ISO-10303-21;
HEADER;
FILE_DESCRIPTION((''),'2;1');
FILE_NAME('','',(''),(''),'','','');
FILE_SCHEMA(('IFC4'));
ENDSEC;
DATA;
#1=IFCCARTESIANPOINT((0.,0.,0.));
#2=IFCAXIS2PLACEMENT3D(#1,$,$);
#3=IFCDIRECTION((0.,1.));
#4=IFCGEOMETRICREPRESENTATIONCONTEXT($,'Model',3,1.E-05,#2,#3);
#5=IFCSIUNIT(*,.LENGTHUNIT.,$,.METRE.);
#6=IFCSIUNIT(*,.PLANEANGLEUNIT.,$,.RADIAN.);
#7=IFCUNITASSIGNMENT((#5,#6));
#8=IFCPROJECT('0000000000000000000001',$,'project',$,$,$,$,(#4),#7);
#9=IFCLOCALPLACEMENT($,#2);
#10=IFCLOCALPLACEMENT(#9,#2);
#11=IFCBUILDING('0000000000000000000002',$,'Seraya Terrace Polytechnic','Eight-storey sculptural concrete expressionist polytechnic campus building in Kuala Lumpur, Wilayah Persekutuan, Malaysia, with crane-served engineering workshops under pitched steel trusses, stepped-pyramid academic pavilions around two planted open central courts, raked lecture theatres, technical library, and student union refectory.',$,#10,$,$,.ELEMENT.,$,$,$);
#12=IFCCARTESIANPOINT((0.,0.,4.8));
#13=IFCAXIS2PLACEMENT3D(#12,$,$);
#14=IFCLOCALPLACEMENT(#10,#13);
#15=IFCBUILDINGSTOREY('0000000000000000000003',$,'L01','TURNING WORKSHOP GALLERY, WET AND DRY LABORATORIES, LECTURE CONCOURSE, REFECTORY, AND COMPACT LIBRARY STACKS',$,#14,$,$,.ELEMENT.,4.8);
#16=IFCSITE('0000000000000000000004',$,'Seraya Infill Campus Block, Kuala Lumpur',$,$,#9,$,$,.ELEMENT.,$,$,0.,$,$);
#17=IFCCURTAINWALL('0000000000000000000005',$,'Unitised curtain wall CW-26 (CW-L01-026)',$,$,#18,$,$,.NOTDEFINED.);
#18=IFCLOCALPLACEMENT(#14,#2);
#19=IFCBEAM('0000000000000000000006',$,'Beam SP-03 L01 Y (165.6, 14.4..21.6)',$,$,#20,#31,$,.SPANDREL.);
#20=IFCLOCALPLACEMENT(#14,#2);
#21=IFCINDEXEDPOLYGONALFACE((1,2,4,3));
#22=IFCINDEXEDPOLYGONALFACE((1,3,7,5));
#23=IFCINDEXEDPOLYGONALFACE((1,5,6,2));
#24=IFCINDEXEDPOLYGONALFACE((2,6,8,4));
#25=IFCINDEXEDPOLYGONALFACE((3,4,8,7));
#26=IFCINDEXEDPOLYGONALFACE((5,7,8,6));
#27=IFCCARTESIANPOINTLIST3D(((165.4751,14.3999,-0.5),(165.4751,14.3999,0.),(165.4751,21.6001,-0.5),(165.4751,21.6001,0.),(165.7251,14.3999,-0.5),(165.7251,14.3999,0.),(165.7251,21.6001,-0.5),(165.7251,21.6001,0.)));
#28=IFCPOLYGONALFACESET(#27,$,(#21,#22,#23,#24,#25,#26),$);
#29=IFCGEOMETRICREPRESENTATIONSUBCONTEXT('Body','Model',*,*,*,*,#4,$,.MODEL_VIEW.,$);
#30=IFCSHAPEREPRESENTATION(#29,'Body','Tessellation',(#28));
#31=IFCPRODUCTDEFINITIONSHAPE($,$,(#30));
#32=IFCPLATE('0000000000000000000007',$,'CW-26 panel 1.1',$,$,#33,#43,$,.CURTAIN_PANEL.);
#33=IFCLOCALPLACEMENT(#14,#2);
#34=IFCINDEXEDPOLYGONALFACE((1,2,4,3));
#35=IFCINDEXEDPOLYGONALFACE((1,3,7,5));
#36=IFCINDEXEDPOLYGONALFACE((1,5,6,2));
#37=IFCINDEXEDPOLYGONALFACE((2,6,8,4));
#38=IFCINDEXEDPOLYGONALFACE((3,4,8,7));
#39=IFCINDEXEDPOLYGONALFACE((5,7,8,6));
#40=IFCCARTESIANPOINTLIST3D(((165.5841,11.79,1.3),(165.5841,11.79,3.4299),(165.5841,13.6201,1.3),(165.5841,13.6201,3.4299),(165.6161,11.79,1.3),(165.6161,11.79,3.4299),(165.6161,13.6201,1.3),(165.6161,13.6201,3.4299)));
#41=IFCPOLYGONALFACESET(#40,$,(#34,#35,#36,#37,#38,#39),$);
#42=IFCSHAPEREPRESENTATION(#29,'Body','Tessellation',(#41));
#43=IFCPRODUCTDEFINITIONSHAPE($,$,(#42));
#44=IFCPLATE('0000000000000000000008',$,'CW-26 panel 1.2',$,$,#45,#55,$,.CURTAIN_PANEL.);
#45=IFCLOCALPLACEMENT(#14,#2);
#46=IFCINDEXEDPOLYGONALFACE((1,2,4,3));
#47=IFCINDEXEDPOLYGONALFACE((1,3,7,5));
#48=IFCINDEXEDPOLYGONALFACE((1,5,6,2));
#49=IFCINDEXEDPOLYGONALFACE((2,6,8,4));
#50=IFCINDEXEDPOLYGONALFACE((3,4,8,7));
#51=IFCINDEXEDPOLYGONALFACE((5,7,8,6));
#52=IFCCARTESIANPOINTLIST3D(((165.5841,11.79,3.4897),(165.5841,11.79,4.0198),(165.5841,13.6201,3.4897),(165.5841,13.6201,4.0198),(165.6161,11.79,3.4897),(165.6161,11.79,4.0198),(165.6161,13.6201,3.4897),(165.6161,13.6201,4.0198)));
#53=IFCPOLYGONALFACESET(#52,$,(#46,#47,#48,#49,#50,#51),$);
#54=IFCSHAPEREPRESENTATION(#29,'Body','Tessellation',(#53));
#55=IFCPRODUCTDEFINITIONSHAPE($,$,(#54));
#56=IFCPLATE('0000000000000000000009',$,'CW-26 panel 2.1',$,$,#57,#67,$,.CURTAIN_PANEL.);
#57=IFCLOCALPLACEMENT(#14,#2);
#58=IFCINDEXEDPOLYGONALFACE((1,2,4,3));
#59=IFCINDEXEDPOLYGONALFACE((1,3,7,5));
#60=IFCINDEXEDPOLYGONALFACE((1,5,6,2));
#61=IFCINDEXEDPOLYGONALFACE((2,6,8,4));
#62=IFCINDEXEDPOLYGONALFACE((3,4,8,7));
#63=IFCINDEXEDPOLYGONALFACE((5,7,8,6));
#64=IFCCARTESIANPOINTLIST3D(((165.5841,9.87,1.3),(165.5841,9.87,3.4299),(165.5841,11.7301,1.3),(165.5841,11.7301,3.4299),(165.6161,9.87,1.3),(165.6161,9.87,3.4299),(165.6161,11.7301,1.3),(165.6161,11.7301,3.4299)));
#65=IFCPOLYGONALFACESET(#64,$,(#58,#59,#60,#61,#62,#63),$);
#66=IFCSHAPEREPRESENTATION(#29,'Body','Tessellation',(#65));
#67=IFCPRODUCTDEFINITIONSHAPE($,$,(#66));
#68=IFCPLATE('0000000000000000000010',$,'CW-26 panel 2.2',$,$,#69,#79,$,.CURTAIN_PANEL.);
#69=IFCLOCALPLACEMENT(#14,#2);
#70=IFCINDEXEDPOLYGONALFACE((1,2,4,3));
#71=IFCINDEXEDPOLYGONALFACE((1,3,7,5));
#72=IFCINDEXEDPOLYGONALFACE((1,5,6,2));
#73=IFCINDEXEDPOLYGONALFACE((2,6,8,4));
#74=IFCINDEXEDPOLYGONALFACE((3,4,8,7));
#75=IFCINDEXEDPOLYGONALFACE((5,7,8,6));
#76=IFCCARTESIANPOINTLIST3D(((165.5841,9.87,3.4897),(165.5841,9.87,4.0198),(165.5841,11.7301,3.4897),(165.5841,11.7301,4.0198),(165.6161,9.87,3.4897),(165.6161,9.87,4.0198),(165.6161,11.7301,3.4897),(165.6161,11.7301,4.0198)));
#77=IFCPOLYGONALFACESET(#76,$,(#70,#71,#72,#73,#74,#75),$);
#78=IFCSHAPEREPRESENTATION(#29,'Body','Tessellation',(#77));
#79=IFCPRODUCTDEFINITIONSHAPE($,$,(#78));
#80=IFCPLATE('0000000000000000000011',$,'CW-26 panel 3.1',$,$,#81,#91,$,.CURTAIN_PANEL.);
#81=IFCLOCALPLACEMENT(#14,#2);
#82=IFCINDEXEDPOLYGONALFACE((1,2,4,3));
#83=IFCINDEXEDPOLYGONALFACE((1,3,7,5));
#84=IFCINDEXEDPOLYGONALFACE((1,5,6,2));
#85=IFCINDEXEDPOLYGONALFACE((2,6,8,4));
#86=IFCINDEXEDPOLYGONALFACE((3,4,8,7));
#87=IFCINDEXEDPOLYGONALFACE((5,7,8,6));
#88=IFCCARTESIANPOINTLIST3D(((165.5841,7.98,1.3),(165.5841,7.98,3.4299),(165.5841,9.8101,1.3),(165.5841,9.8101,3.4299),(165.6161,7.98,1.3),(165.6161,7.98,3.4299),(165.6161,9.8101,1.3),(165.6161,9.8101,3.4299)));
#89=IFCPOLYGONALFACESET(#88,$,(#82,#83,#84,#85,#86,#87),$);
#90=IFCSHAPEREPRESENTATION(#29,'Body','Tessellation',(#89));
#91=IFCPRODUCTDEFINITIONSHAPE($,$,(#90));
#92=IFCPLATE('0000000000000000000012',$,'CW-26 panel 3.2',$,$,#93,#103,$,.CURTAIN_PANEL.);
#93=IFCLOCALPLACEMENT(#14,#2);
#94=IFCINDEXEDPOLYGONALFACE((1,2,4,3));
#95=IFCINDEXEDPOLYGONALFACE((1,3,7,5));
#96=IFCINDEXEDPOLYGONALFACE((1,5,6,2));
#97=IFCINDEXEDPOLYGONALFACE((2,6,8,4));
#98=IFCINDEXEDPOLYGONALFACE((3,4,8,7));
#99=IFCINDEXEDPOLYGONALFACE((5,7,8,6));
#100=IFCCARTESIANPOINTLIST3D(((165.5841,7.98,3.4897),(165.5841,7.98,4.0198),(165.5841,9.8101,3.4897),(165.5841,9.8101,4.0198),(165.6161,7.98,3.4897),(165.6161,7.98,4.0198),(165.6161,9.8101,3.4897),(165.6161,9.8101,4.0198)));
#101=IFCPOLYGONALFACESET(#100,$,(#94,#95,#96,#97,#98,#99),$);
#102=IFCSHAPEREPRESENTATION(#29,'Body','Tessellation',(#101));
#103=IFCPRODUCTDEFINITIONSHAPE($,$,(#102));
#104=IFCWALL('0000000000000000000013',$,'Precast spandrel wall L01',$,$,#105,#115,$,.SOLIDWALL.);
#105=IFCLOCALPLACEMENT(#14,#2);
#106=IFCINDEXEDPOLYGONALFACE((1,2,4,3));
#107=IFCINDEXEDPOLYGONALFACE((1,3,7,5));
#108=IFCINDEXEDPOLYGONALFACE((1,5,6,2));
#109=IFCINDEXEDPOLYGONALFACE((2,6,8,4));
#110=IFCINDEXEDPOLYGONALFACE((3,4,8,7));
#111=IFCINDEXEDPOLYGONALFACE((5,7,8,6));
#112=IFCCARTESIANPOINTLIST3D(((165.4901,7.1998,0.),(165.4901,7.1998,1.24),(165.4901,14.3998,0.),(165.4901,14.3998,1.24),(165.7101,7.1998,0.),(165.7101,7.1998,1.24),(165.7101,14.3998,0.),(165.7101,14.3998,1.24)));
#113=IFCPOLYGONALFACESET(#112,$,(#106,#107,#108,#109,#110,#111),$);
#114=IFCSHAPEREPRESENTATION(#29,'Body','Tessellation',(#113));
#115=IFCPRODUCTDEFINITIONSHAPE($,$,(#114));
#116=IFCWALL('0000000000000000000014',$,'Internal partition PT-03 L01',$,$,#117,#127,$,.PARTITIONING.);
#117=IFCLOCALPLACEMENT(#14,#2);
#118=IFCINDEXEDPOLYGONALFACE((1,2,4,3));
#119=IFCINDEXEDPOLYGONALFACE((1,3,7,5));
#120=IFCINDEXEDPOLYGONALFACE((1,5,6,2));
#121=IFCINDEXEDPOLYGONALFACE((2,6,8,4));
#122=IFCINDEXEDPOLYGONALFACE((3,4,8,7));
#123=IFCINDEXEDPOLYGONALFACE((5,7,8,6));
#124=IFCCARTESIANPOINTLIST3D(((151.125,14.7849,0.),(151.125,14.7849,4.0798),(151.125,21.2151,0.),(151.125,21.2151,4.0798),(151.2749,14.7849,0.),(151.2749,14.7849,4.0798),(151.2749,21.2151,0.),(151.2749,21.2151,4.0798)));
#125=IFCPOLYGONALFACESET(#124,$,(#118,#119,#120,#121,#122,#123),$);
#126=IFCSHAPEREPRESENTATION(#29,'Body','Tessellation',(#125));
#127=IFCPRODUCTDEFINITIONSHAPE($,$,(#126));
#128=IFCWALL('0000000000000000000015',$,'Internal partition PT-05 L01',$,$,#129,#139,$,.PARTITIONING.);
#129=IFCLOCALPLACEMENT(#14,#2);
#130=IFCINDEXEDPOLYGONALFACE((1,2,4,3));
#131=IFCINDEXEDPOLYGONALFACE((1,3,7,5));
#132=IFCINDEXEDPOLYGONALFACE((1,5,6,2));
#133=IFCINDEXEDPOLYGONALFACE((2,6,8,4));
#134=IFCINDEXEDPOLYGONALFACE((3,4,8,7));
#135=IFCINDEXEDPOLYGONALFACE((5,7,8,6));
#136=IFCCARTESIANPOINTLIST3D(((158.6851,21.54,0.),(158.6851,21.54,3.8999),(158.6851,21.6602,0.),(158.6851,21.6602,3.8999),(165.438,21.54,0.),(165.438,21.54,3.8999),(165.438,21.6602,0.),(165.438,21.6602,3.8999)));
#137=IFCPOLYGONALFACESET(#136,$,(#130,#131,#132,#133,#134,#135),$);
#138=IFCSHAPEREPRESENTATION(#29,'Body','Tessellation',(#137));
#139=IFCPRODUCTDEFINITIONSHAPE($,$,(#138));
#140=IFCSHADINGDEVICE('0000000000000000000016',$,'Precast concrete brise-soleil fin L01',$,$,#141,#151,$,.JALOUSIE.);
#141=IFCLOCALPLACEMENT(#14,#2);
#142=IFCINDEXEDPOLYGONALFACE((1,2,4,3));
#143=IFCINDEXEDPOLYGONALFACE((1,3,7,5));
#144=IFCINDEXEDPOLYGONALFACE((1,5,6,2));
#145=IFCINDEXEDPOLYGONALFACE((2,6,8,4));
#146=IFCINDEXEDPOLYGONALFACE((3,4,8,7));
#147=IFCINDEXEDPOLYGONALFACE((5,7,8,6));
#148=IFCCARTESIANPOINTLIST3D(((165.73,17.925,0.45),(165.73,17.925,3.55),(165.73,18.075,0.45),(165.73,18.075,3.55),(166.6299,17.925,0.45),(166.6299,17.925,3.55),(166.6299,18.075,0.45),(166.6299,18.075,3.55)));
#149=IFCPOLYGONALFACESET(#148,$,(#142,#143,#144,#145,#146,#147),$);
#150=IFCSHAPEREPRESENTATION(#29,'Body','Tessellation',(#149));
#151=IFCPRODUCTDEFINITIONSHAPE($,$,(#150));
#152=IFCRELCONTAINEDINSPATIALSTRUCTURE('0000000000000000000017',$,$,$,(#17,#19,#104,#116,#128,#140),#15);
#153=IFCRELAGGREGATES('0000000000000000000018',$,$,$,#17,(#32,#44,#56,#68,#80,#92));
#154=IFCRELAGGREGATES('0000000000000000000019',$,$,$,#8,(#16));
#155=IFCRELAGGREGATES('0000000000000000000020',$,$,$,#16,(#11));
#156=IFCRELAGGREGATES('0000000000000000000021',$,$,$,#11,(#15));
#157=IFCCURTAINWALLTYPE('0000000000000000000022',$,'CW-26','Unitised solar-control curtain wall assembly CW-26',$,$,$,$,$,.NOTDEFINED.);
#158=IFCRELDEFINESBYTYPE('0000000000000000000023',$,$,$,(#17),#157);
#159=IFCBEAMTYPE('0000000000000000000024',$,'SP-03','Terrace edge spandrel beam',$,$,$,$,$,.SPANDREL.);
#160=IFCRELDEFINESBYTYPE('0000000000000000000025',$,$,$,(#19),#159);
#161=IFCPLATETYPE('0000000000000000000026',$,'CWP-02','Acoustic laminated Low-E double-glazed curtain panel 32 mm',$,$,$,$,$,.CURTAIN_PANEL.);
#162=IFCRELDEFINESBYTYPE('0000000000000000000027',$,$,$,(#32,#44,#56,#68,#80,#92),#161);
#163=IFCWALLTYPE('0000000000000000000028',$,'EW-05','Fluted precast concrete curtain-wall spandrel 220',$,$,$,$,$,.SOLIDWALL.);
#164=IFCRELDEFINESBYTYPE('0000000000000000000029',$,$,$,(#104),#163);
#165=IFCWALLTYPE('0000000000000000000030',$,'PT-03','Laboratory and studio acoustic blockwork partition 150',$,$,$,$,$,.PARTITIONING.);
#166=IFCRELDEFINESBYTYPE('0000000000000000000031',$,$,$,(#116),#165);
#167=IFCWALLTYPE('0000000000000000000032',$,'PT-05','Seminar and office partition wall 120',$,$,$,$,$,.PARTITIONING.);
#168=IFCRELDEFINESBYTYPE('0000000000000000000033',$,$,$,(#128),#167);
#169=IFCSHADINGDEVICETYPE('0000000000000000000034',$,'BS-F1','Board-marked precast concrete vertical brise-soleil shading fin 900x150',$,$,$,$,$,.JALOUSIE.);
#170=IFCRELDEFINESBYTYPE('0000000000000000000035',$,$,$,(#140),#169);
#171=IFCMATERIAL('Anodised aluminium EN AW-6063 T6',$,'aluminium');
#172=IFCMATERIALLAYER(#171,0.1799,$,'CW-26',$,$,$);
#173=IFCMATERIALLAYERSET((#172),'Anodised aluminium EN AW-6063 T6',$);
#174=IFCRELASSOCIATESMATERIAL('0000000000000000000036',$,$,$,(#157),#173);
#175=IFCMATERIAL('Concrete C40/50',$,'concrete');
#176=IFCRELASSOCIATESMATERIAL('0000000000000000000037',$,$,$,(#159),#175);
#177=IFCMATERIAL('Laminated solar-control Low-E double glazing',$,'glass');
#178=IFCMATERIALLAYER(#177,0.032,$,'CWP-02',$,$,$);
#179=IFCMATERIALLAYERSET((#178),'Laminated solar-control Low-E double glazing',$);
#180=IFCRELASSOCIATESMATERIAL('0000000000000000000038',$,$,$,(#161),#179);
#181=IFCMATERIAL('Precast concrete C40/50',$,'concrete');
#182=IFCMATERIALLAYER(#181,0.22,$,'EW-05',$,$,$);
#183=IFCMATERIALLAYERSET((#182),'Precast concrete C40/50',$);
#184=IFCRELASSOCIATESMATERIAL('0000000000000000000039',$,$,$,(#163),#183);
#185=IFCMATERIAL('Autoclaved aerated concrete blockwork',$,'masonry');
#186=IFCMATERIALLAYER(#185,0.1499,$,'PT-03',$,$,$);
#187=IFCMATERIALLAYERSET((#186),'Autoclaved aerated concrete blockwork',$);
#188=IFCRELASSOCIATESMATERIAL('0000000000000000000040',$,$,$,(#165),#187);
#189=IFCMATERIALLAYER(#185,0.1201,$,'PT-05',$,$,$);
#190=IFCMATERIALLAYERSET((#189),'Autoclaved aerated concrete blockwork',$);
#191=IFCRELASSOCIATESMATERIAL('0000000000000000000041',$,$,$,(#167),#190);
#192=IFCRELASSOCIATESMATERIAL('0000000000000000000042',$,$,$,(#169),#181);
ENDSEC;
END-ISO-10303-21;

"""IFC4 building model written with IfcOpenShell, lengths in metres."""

from ifc_helpers import new_model, si_unit, direction, frame, frame_2d, origin, origin_2d, place, context, subcontext, project, spatial, rectangle, extrude, material, layer, layer_set, material_profile, profile_set, type_object, element, aggregate, save


model = new_model("IFC4")

# Units and contexts
model_context = context("Model", 3, precision=1e-05, world=origin(), true_north=direction((0.0, 1.0)))
body_context = subcontext(model_context, "Body", "Model", "MODEL_VIEW")
ifc_project = project(units=[si_unit("LENGTHUNIT", "METRE"), si_unit("PLANEANGLEUNIT", "RADIAN")], contexts=[model_context])

# Site, building, storey
site_placement = place(None, origin())
site = spatial("IfcSite", under=ifc_project, at=site_placement, Name="Seraya Infill Campus Block, Kuala Lumpur", CompositionType="ELEMENT", RefElevation=0.0)
building_placement = place(site_placement, origin())
building = spatial("IfcBuilding", under=site, at=building_placement, Name="Seraya Terrace Polytechnic", Description="Eight-storey sculptural concrete expressionist polytechnic campus building in Kuala Lumpur, Wilayah Persekutuan, Malaysia, with crane-served engineering workshops under pitched steel trusses, stepped-pyramid academic pavilions around two planted open central courts, raked lecture theatres, technical library, and student union refectory.", CompositionType="ELEMENT")
storey_placement = place(building_placement, frame((0.0, 0.0, 4.8)))
storey = spatial("IfcBuildingStorey", under=building, at=storey_placement, Name="L01", Description="TURNING WORKSHOP GALLERY, WET AND DRY LABORATORIES, LECTURE CONCOURSE, REFECTORY, AND COMPACT LIBRARY STACKS", CompositionType="ELEMENT", Elevation=4.8)

# Shared definitions
ifc_material_1 = material(Name="Concrete C40/50", Category="concrete")

# Curtain wall
ifc_material_2 = material(Name="Anodised aluminium EN AW-6063 T6", Category="aluminium")
ifc_layer_1 = layer(ifc_material_2, 0.1799, Name="CW-26")
ifc_layer_set_1 = layer_set([ifc_layer_1], Name="Anodised aluminium EN AW-6063 T6")
curtain_wall_type = type_object("IfcCurtainWallType", Name="CW-26", Description="Unitised solar-control curtain wall assembly CW-26", PredefinedType="NOTDEFINED", material=ifc_layer_set_1)
curtain_wall_placement = place(storey_placement, origin())
curtain_wall = element("IfcCurtainWall", 1, at=curtain_wall_placement, inside=storey, type_object=curtain_wall_type, Name="Unitised curtain wall CW-26 (CW-L01-026)", PredefinedType="NOTDEFINED")

# Beam
ifc_material_profile_1 = material_profile(ifc_material_1, rectangle(XDim=0.25, YDim=0.5, at=origin_2d()), Name="RC 250x500")
ifc_profile_set_1 = profile_set([ifc_material_profile_1], Name="Concrete C40/50")
beam_type_1 = type_object("IfcBeamType", Name="SP-03", Description="Terrace edge spandrel beam", PredefinedType="SPANDREL", material=ifc_profile_set_1)
beam_1_placement = place(storey_placement, frame((165.6001, 14.3999, -0.25), z_axis=(0.0, 1.0, 0.0), x_axis=(-1.0, 0.0, 0.0)))
element("IfcBeam", 2, at=beam_1_placement, inside=storey, type_object=beam_type_1, Name="Beam SP-03 L01 Y (165.6, 14.4..21.6)", PredefinedType="SPANDREL", context=body_context, shape_type="SweptSolid", body=[
    extrude(rectangle(XDim=0.25, YDim=0.5, at=origin_2d()), origin(), (0.0, 0.0, 1.0), 7.2002),
])

# Plates
ifc_material_3 = material(Name="Laminated solar-control Low-E double glazing", Category="glass")
ifc_layer_2 = layer(ifc_material_3, 0.032, Name="CWP-02")
ifc_layer_set_2 = layer_set([ifc_layer_2], Name="Laminated solar-control Low-E double glazing")
plate_type = type_object("IfcPlateType", Name="CWP-02", Description="Acoustic laminated Low-E double-glazed curtain panel 32 mm", PredefinedType="CURTAIN_PANEL", material=ifc_layer_set_2)
plate_1_placement = place(storey_placement, frame((165.6001, 12.7051, 1.3), z_axis=(0.0, 0.0, 1.0), x_axis=(0.0, -1.0, 0.0)))
plate_1 = element("IfcPlate", 3, at=plate_1_placement, type_object=plate_type, Name="CW-26 panel 1.1", PredefinedType="CURTAIN_PANEL", context=body_context, shape_type="SweptSolid", body=[
    extrude(rectangle(XDim=1.8301, YDim=0.032, at=origin_2d()), origin(), (0.0, 0.0, 1.0), 2.1299),
])
plate_2_placement = place(storey_placement, frame((165.6001, 12.7051, 3.4897), z_axis=(0.0, 0.0, 1.0), x_axis=(0.0, -1.0, 0.0)))
plate_2 = element("IfcPlate", 4, at=plate_2_placement, type_object=plate_type, Name="CW-26 panel 1.2", PredefinedType="CURTAIN_PANEL", context=body_context, shape_type="SweptSolid", body=[
    extrude(rectangle(XDim=1.8301, YDim=0.032, at=origin_2d()), origin(), (0.0, 0.0, 1.0), 0.53),
])
plate_3_placement = place(storey_placement, frame((165.6001, 10.8, 1.3), z_axis=(0.0, 0.0, 1.0), x_axis=(0.0, -1.0, 0.0)))
plate_3 = element("IfcPlate", 5, at=plate_3_placement, type_object=plate_type, Name="CW-26 panel 2.1", PredefinedType="CURTAIN_PANEL", context=body_context, shape_type="SweptSolid", body=[
    extrude(rectangle(XDim=1.8601, YDim=0.032, at=origin_2d()), origin(), (0.0, 0.0, 1.0), 2.1299),
])
plate_4_placement = place(storey_placement, frame((165.6001, 10.8, 3.4897), z_axis=(0.0, 0.0, 1.0), x_axis=(0.0, -1.0, 0.0)))
plate_4 = element("IfcPlate", 6, at=plate_4_placement, type_object=plate_type, Name="CW-26 panel 2.2", PredefinedType="CURTAIN_PANEL", context=body_context, shape_type="SweptSolid", body=[
    extrude(rectangle(XDim=1.8601, YDim=0.032, at=origin_2d()), origin(), (0.0, 0.0, 1.0), 0.53),
])
plate_5_placement = place(storey_placement, frame((165.6001, 8.895, 1.3), z_axis=(0.0, 0.0, 1.0), x_axis=(0.0, -1.0, 0.0)))
plate_5 = element("IfcPlate", 7, at=plate_5_placement, type_object=plate_type, Name="CW-26 panel 3.1", PredefinedType="CURTAIN_PANEL", context=body_context, shape_type="SweptSolid", body=[
    extrude(rectangle(XDim=1.8301, YDim=0.032, at=origin_2d()), origin(), (0.0, 0.0, 1.0), 2.1299),
])
plate_6_placement = place(storey_placement, frame((165.6001, 8.895, 3.4897), z_axis=(0.0, 0.0, 1.0), x_axis=(0.0, -1.0, 0.0)))
plate_6 = element("IfcPlate", 8, at=plate_6_placement, type_object=plate_type, Name="CW-26 panel 3.2", PredefinedType="CURTAIN_PANEL", context=body_context, shape_type="SweptSolid", body=[
    extrude(rectangle(XDim=1.8301, YDim=0.032, at=origin_2d()), origin(), (0.0, 0.0, 1.0), 0.53),
])
aggregate(curtain_wall, [plate_1, plate_2, plate_3, plate_4, plate_5, plate_6])

# Walls
ifc_material_4 = material(Name="Precast concrete C40/50", Category="concrete")
ifc_layer_3 = layer(ifc_material_4, 0.22, Name="EW-05")
ifc_layer_set_3 = layer_set([ifc_layer_3], Name="Precast concrete C40/50")
wall_type_1 = type_object("IfcWallType", Name="EW-05", Description="Fluted precast concrete curtain-wall spandrel 220", PredefinedType="SOLIDWALL", material=ifc_layer_set_3)
wall_1_placement = place(storey_placement, frame((165.6001, 14.3999, 0.0), z_axis=(0.0, 0.0, 1.0), x_axis=(0.0, -1.0, 0.0)))
element("IfcWall", 9, at=wall_1_placement, inside=storey, type_object=wall_type_1, Name="Precast spandrel wall L01", PredefinedType="SOLIDWALL", context=body_context, shape_type="SweptSolid", body=[
    extrude(rectangle(XDim=7.2, YDim=0.22, at=frame_2d((3.6001, 0.0))), origin(), (0.0, 0.0, 1.0), 1.24),
])
ifc_material_5 = material(Name="Autoclaved aerated concrete blockwork", Category="masonry")
ifc_layer_4 = layer(ifc_material_5, 0.1499, Name="PT-03")
ifc_layer_set_4 = layer_set([ifc_layer_4], Name="Autoclaved aerated concrete blockwork")
wall_type_2 = type_object("IfcWallType", Name="PT-03", Description="Laboratory and studio acoustic blockwork partition 150", PredefinedType="PARTITIONING", material=ifc_layer_set_4)
wall_2_placement = place(storey_placement, frame((151.2, 14.7849, 0.0), z_axis=(0.0, 0.0, 1.0), x_axis=(0.0, 1.0, 0.0)))
element("IfcWall", 10, at=wall_2_placement, inside=storey, type_object=wall_type_2, Name="Internal partition PT-03 L01", PredefinedType="PARTITIONING", context=body_context, shape_type="SweptSolid", body=[
    extrude(rectangle(XDim=6.4302, YDim=0.1499, at=frame_2d((3.2151, 0.0))), origin(), (0.0, 0.0, 1.0), 4.0798),
])
ifc_layer_5 = layer(ifc_material_5, 0.1201, Name="PT-05")
ifc_layer_set_5 = layer_set([ifc_layer_5], Name="Autoclaved aerated concrete blockwork")
wall_type_3 = type_object("IfcWallType", Name="PT-05", Description="Seminar and office partition wall 120", PredefinedType="PARTITIONING", material=ifc_layer_set_5)
wall_3_placement = place(storey_placement, frame((158.6851, 21.6001, 0.0), z_axis=(0.0, 0.0, 1.0), x_axis=(1.0, 0.0, 0.0)))
element("IfcWall", 11, at=wall_3_placement, inside=storey, type_object=wall_type_3, Name="Internal partition PT-05 L01", PredefinedType="PARTITIONING", context=body_context, shape_type="SweptSolid", body=[
    extrude(rectangle(XDim=6.7529, YDim=0.1201, at=frame_2d((3.3765, 0.0))), origin(), (0.0, 0.0, 1.0), 3.8999),
])

# Shading device
shading_device_type = type_object("IfcShadingDeviceType", Name="BS-F1", Description="Board-marked precast concrete vertical brise-soleil shading fin 900x150", PredefinedType="JALOUSIE", material=ifc_material_4)
shading_device_placement = place(storey_placement, frame((166.1799, 18.0, 0.45), z_axis=(0.0, 0.0, 1.0), x_axis=(1.0, 0.0, 0.0)))
element("IfcShadingDevice", 12, at=shading_device_placement, inside=storey, type_object=shading_device_type, Name="Precast concrete brise-soleil fin L01", PredefinedType="JALOUSIE", context=body_context, shape_type="SweptSolid", body=[
    extrude(rectangle(XDim=0.8999, YDim=0.1499, at=origin_2d()), origin(), (0.0, 0.0, 1.0), 3.1001),
])

save(model, "model.ifc")
